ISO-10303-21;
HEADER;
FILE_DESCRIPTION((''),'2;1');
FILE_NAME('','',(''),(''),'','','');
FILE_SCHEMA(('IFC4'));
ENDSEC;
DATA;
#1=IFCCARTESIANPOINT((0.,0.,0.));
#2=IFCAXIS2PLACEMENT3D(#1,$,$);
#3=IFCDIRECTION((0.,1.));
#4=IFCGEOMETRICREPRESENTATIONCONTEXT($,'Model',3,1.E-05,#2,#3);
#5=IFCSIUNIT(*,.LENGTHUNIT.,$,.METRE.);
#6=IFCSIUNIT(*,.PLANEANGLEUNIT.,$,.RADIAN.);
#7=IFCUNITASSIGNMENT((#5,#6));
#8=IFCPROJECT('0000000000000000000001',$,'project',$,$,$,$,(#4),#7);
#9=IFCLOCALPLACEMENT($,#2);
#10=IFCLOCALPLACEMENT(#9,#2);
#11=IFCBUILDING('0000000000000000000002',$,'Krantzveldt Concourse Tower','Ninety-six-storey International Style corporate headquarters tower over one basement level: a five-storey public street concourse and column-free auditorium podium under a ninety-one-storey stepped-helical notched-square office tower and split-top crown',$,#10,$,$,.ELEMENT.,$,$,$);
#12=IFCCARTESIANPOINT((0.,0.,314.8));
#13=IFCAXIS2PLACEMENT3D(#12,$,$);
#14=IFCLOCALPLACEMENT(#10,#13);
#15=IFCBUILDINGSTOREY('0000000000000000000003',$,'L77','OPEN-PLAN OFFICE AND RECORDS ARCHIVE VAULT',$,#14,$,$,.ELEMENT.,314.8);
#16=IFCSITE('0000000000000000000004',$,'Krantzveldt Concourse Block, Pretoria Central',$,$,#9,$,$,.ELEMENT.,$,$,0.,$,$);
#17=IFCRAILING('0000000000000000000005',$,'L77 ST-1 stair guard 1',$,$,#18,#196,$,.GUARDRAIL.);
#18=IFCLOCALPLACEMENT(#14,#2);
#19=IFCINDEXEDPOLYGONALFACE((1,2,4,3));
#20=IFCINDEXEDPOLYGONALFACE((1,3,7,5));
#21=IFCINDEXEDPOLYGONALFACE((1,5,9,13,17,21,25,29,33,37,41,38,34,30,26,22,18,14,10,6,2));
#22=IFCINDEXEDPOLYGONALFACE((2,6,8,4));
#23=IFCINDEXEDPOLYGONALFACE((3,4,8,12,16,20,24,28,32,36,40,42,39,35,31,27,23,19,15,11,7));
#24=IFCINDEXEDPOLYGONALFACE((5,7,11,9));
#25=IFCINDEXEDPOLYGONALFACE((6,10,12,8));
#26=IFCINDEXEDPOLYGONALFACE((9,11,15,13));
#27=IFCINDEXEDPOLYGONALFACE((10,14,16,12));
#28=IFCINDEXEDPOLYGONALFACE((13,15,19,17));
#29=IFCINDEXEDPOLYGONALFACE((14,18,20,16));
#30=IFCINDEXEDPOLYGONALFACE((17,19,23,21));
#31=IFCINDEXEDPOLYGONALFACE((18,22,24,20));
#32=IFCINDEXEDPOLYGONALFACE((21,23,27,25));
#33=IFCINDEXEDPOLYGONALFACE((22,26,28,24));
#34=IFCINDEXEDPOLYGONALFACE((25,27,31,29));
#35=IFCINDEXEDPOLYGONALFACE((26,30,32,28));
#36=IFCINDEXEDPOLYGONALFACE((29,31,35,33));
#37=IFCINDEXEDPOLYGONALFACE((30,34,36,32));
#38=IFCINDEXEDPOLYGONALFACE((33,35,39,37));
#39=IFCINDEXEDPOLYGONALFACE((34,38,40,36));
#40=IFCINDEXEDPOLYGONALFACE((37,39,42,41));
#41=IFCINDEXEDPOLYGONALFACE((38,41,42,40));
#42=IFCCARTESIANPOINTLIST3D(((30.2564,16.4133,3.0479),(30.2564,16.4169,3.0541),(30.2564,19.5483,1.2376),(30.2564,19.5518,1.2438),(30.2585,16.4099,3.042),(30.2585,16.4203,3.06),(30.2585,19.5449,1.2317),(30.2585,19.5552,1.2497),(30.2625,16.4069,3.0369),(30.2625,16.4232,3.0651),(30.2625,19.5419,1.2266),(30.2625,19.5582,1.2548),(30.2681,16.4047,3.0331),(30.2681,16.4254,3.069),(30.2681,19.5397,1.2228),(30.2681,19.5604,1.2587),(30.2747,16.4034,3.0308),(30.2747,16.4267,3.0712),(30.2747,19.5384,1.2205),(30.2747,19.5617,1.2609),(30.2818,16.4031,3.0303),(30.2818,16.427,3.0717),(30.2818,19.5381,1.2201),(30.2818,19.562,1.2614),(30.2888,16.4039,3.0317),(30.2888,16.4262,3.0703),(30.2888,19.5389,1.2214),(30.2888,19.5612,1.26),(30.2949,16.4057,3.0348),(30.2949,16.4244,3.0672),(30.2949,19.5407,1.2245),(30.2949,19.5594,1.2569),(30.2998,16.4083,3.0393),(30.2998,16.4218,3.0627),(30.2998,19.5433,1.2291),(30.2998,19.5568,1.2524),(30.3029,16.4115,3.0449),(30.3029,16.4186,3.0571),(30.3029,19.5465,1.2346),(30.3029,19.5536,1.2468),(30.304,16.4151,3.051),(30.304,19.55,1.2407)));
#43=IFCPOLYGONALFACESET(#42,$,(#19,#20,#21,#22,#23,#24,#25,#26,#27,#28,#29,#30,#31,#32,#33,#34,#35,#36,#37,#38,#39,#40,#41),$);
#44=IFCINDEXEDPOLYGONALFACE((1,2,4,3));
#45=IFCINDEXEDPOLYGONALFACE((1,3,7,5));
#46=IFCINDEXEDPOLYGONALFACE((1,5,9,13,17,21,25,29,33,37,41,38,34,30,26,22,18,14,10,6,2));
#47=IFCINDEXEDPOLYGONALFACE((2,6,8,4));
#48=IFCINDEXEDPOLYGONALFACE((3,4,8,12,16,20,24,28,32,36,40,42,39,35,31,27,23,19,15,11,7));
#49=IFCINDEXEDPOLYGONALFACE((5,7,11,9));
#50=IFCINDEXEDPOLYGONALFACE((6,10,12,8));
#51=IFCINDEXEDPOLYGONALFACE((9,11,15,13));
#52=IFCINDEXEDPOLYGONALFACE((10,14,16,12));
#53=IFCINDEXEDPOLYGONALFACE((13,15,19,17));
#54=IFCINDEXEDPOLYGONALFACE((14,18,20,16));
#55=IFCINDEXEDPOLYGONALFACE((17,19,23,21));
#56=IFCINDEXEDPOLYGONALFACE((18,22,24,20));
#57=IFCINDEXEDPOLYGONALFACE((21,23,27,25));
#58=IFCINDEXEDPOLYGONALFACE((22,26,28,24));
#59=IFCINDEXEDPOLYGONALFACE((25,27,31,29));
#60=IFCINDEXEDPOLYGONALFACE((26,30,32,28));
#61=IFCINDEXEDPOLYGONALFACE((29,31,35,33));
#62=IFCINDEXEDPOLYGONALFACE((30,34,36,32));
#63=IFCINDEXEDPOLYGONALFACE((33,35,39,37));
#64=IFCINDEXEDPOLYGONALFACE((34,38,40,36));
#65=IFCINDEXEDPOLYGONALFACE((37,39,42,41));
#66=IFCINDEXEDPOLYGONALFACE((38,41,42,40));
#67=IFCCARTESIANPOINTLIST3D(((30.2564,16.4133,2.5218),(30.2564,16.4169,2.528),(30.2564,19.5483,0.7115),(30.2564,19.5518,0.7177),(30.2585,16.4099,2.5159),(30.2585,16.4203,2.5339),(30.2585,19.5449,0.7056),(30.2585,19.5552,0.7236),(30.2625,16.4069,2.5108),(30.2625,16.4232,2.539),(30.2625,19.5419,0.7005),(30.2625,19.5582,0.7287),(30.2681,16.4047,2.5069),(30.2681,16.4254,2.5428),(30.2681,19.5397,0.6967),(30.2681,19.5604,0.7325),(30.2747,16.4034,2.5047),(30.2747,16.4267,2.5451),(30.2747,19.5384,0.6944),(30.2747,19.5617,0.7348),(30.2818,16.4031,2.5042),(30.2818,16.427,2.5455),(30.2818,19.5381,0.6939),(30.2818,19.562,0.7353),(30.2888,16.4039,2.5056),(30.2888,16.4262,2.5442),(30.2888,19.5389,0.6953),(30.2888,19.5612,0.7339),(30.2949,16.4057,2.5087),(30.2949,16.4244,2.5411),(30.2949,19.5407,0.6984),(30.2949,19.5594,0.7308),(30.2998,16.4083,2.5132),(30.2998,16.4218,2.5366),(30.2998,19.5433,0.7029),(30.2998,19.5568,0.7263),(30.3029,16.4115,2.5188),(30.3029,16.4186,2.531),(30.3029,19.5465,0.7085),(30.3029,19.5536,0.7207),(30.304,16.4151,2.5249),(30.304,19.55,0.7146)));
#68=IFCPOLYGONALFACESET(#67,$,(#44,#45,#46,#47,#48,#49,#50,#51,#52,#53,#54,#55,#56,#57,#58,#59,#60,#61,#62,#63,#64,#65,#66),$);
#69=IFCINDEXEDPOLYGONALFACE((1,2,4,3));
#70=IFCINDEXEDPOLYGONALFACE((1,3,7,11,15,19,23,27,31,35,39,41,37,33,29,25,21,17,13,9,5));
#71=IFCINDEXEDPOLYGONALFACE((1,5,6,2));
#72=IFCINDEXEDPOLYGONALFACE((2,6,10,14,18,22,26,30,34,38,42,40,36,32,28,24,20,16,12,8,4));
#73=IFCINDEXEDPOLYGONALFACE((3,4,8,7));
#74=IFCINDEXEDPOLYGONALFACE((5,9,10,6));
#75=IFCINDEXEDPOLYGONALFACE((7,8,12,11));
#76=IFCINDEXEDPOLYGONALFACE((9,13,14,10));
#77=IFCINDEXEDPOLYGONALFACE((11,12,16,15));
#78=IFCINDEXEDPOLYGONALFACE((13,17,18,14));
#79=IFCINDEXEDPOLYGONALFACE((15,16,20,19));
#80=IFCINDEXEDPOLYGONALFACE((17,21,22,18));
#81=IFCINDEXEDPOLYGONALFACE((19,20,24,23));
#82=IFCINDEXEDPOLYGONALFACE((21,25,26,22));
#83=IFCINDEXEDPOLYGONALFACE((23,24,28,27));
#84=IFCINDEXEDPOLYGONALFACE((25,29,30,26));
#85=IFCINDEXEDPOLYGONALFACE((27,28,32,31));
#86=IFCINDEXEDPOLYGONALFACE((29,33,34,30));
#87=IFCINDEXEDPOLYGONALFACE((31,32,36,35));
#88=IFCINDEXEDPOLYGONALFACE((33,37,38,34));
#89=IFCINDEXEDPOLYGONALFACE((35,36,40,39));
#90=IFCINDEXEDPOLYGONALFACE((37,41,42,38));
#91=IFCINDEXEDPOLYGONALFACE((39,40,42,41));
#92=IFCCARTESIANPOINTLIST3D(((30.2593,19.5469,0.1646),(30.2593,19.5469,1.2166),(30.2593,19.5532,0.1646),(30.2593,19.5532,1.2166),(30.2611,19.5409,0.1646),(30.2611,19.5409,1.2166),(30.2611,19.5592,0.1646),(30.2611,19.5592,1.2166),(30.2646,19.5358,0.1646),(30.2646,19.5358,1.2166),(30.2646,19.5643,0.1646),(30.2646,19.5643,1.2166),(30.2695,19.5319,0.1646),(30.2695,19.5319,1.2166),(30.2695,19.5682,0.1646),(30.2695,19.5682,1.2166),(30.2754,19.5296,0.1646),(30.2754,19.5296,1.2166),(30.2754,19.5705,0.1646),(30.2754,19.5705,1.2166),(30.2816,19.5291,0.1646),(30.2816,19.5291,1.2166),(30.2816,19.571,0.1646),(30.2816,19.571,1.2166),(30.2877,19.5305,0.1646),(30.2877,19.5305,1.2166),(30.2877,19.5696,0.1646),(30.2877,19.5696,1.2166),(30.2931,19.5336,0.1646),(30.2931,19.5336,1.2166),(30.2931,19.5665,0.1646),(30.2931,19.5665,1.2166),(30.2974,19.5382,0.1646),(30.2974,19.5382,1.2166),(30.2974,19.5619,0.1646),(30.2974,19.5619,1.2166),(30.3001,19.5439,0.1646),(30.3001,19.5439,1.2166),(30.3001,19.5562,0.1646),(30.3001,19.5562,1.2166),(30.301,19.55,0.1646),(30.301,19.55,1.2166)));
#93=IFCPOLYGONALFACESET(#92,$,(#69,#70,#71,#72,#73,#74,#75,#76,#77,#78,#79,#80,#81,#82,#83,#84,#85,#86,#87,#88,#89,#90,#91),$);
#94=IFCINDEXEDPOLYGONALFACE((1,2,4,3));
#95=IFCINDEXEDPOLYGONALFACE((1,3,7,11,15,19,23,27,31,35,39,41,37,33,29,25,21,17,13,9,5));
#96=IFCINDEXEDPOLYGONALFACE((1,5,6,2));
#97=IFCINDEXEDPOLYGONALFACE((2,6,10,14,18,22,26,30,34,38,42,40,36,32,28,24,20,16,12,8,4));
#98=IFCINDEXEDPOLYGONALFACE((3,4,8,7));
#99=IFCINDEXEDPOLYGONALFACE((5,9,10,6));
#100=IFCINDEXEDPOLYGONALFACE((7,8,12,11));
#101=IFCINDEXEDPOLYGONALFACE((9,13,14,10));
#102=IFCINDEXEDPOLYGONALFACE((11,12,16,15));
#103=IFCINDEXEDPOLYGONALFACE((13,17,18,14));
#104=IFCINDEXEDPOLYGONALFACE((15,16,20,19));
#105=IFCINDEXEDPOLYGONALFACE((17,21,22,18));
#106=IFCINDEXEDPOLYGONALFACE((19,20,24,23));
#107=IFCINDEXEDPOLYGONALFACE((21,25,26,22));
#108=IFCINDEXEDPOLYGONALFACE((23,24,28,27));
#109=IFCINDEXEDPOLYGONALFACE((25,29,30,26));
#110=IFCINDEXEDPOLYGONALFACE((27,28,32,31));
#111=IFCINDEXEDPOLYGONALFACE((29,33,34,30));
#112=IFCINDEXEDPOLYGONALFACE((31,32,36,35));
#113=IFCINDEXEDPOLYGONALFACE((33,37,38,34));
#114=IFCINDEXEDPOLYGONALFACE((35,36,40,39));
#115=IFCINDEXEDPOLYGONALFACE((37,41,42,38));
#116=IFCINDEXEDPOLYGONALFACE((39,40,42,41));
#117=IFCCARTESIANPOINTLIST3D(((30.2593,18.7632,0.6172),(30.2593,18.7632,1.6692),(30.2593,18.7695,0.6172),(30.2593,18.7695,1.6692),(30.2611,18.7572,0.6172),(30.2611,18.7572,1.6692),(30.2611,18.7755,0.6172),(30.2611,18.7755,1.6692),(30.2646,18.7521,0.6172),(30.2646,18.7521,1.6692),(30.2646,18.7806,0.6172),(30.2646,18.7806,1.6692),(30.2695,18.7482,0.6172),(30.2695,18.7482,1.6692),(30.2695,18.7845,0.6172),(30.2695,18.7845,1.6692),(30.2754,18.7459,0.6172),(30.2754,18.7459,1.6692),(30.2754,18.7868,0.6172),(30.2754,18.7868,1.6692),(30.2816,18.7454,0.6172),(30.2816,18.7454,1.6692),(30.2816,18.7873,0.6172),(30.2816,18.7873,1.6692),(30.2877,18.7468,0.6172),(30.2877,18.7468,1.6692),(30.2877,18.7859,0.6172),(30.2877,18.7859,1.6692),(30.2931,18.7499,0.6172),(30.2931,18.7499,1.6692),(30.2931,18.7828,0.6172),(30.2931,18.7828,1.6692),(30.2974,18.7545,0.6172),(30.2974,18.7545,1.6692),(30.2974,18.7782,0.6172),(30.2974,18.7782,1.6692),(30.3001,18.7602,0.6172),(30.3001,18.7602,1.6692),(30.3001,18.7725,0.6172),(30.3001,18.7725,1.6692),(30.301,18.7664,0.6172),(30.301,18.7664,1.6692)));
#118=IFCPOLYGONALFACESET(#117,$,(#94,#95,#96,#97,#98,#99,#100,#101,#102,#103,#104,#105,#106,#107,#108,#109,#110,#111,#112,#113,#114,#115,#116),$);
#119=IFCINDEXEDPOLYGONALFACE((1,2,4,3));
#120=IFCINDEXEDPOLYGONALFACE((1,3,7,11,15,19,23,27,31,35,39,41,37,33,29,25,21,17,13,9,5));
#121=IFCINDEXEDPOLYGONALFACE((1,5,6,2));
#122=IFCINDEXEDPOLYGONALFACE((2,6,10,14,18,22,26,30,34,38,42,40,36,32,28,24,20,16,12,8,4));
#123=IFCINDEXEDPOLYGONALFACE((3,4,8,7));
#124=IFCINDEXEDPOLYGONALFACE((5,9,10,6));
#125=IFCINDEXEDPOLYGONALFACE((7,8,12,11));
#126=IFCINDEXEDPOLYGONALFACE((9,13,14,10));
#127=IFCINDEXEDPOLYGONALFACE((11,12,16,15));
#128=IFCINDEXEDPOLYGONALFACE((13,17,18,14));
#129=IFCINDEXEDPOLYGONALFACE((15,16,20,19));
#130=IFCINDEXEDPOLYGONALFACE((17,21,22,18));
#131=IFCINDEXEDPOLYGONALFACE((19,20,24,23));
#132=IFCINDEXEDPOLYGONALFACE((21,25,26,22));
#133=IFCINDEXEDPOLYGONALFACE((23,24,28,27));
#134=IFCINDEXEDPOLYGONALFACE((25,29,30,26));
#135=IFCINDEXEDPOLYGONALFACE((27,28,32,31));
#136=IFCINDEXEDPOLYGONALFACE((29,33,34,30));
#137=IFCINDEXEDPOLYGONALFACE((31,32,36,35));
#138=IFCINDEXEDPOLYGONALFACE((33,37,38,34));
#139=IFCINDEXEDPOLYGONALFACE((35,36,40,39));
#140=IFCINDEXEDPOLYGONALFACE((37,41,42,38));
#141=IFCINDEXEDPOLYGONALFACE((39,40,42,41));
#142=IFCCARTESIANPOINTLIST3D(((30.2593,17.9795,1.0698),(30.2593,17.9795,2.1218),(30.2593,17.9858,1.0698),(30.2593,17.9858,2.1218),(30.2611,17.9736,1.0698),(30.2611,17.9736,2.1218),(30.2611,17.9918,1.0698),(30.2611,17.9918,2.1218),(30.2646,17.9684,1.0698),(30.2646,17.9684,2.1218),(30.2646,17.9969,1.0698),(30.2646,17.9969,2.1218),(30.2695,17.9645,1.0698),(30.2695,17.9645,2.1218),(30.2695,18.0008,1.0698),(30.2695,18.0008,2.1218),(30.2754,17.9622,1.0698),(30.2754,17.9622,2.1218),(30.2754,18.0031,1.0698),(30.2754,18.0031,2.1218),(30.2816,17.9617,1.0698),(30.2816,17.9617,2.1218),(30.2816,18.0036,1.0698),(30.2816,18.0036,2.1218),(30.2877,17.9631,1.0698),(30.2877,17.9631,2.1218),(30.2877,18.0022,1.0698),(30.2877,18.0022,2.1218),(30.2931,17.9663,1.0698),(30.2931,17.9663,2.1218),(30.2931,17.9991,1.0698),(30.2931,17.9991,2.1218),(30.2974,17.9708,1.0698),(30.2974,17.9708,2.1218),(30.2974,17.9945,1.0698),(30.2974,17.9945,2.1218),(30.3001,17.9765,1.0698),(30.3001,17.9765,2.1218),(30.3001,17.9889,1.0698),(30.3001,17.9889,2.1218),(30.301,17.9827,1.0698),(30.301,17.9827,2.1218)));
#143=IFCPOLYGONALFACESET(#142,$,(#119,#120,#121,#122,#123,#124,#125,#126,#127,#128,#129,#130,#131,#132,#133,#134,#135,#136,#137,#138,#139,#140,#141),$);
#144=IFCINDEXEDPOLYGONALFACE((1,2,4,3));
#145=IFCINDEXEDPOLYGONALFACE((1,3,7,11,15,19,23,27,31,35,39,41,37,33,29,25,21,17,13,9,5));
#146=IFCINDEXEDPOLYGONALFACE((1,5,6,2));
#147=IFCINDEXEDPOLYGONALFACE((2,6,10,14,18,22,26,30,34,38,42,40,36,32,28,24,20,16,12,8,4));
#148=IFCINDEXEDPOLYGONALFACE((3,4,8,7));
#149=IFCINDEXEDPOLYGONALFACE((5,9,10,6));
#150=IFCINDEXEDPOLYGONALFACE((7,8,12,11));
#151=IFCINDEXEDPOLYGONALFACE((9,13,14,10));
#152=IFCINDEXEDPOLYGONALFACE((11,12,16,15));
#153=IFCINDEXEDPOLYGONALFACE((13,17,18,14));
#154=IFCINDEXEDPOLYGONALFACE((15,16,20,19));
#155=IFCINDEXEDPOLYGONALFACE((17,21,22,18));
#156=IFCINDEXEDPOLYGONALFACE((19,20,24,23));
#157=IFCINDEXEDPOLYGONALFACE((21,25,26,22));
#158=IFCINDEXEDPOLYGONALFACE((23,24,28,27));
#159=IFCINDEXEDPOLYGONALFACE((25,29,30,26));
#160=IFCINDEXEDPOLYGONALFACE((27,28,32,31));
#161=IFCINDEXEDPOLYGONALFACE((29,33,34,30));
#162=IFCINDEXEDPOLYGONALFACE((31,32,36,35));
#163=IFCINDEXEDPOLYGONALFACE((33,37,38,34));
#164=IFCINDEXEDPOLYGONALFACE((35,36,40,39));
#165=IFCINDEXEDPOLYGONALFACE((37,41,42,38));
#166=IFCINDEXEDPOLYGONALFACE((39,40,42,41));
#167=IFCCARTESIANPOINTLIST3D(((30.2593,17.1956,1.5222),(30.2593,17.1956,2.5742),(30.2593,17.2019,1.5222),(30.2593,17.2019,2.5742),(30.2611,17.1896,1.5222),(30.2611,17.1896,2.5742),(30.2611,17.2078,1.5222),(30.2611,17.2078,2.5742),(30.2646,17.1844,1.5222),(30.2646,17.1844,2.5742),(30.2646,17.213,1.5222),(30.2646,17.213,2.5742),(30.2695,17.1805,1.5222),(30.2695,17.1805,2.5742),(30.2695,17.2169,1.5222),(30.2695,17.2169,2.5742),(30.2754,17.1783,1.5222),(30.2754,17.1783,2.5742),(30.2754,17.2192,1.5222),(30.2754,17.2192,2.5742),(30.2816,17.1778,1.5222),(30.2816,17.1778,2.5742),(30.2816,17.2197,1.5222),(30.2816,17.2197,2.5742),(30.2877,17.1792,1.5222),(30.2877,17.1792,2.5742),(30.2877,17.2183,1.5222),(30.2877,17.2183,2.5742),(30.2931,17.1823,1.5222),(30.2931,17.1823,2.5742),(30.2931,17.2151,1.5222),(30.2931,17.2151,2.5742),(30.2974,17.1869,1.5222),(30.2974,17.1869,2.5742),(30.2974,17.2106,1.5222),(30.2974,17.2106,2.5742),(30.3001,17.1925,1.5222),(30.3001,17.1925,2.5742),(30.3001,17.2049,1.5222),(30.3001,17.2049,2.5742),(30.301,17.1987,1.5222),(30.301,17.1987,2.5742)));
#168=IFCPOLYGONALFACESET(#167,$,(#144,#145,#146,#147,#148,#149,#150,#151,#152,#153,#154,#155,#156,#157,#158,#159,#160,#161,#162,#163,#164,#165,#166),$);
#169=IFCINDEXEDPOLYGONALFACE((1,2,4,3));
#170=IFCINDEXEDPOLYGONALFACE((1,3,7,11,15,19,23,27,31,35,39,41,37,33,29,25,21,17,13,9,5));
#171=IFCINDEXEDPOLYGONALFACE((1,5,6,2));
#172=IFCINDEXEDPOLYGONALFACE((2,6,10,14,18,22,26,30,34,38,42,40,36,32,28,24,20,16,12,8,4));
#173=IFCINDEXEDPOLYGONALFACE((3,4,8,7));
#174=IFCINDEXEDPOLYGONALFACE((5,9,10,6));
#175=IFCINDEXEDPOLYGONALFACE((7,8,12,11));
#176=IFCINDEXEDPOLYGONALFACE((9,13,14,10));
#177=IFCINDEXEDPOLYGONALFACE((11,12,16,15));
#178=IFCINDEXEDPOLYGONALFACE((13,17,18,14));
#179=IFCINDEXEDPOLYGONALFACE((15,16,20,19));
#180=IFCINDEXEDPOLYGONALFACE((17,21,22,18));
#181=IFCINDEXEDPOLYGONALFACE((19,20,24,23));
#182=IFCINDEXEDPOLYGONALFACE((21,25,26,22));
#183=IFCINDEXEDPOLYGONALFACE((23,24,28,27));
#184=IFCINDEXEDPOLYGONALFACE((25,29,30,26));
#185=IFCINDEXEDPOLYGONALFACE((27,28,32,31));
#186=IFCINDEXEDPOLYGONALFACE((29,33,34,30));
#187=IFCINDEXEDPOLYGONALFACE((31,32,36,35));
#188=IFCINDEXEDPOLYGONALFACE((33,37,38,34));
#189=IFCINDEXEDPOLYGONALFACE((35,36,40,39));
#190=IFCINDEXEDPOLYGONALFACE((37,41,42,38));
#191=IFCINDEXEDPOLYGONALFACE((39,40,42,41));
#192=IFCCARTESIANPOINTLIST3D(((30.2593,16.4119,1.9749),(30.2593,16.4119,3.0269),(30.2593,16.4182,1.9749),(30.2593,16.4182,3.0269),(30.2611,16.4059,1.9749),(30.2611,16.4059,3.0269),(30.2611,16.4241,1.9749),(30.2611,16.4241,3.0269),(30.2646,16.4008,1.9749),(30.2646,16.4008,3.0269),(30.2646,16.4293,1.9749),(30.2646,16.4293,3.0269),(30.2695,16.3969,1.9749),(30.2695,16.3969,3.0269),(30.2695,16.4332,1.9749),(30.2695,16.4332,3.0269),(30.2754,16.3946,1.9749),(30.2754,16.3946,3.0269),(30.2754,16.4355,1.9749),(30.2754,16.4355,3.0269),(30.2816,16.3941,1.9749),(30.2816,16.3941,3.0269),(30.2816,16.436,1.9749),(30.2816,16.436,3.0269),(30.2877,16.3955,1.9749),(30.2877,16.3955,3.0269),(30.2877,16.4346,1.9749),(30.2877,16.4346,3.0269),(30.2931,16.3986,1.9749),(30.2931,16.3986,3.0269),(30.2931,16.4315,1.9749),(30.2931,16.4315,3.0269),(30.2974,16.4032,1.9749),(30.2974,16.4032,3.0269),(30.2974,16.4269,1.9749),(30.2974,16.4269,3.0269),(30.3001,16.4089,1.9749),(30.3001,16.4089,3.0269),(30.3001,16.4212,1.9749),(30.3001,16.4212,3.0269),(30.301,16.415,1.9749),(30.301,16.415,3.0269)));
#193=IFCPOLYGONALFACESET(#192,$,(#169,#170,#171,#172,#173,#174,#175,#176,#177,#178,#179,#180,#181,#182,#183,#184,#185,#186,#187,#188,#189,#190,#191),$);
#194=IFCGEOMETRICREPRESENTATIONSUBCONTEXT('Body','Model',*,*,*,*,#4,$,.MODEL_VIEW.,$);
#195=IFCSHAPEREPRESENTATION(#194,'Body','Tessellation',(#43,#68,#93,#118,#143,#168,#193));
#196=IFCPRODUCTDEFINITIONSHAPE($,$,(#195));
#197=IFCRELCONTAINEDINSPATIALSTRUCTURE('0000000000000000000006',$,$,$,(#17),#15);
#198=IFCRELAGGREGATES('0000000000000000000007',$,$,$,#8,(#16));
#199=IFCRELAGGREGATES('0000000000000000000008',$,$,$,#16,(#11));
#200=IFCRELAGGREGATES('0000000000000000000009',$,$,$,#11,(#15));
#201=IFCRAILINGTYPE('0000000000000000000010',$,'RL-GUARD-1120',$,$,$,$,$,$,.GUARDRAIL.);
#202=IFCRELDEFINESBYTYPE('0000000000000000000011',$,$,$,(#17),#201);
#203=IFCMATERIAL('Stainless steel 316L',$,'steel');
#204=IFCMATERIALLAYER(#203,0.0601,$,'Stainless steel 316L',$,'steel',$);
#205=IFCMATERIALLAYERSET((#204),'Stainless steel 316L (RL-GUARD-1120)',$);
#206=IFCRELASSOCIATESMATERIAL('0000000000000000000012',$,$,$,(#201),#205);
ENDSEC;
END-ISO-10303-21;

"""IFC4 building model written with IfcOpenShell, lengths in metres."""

from ifc_helpers import new_model, si_unit, direction, frame, origin, origin_2d, place, context, subcontext, project, spatial, circle, extrude, material, layer, layer_set, type_object, element, save


model = new_model("IFC4")

# Units and contexts
model_context = context("Model", 3, precision=1e-05, world=origin(), true_north=direction((0.0, 1.0)))
body_context = subcontext(model_context, "Body", "Model", "MODEL_VIEW")
ifc_project = project(units=[si_unit("LENGTHUNIT", "METRE"), si_unit("PLANEANGLEUNIT", "RADIAN")], contexts=[model_context])

# Site, building, storey
site_placement = place(None, origin())
site = spatial("IfcSite", under=ifc_project, at=site_placement, Name="Krantzveldt Concourse Block, Pretoria Central", CompositionType="ELEMENT", RefElevation=0.0)
building_placement = place(site_placement, origin())
building = spatial("IfcBuilding", under=site, at=building_placement, Name="Krantzveldt Concourse Tower", Description="Ninety-six-storey International Style corporate headquarters tower over one basement level: a five-storey public street concourse and column-free auditorium podium under a ninety-one-storey stepped-helical notched-square office tower and split-top crown", CompositionType="ELEMENT")
storey_placement = place(building_placement, frame((0.0, 0.0, 314.8)))
storey = spatial("IfcBuildingStorey", under=building, at=storey_placement, Name="L77", Description="OPEN-PLAN OFFICE AND RECORDS ARCHIVE VAULT", CompositionType="ELEMENT", Elevation=314.8)

# Shared definitions
ifc_material_1 = material(Name="Stainless steel 316L", Category="steel")

# Railing
ifc_layer_1 = layer(ifc_material_1, 0.0601, Name="Stainless steel 316L", Category="steel")
ifc_layer_set_1 = layer_set([ifc_layer_1], Name="Stainless steel 316L (RL-GUARD-1120)")
railing_type_1 = type_object("IfcRailingType", Name="RL-GUARD-1120", PredefinedType="GUARDRAIL", material=ifc_layer_set_1)
railing_1_placement = place(storey_placement, frame((30.28, 19.55, 0.1646)))
element("IfcRailing", 1, at=railing_1_placement, inside=storey, type_object=railing_type_1, Name="L77 ST-1 stair guard 1", PredefinedType="GUARDRAIL", context=body_context, shape_type="SweptSolid", body=[
    extrude(circle(Radius=0.0239, at=origin_2d()), frame((0.0, 0.0, 1.0762), z_axis=(0.0, -0.865989, 0.500063), x_axis=(1.0, 0.0, 0.0)), (0.0, 0.0, 1.0), 3.6201),
    extrude(circle(Radius=0.0239, at=origin_2d()), frame((0.0, 0.0, 0.55), z_axis=(0.0, -0.865989, 0.500063), x_axis=(1.0, 0.0, 0.0)), (0.0, 0.0, 1.0), 3.6201),
    extrude(circle(Radius=0.021, at=origin_2d()), origin(), (0.0, 0.0, 1.0), 1.052),
    extrude(circle(Radius=0.021, at=origin_2d()), frame((0.0, -0.7837, 0.4526)), (0.0, 0.0, 1.0), 1.052),
    extrude(circle(Radius=0.021, at=origin_2d()), frame((0.0, -1.5674, 0.9053)), (0.0, 0.0, 1.0), 1.052),
    extrude(circle(Radius=0.021, at=origin_2d()), frame((0.0, -2.3513, 1.3577)), (0.0, 0.0, 1.0), 1.052),
    extrude(circle(Radius=0.021, at=origin_2d()), frame((0.0, -3.135, 1.8103)), (0.0, 0.0, 1.0), 1.052),
])

save(model, "model.ifc")
